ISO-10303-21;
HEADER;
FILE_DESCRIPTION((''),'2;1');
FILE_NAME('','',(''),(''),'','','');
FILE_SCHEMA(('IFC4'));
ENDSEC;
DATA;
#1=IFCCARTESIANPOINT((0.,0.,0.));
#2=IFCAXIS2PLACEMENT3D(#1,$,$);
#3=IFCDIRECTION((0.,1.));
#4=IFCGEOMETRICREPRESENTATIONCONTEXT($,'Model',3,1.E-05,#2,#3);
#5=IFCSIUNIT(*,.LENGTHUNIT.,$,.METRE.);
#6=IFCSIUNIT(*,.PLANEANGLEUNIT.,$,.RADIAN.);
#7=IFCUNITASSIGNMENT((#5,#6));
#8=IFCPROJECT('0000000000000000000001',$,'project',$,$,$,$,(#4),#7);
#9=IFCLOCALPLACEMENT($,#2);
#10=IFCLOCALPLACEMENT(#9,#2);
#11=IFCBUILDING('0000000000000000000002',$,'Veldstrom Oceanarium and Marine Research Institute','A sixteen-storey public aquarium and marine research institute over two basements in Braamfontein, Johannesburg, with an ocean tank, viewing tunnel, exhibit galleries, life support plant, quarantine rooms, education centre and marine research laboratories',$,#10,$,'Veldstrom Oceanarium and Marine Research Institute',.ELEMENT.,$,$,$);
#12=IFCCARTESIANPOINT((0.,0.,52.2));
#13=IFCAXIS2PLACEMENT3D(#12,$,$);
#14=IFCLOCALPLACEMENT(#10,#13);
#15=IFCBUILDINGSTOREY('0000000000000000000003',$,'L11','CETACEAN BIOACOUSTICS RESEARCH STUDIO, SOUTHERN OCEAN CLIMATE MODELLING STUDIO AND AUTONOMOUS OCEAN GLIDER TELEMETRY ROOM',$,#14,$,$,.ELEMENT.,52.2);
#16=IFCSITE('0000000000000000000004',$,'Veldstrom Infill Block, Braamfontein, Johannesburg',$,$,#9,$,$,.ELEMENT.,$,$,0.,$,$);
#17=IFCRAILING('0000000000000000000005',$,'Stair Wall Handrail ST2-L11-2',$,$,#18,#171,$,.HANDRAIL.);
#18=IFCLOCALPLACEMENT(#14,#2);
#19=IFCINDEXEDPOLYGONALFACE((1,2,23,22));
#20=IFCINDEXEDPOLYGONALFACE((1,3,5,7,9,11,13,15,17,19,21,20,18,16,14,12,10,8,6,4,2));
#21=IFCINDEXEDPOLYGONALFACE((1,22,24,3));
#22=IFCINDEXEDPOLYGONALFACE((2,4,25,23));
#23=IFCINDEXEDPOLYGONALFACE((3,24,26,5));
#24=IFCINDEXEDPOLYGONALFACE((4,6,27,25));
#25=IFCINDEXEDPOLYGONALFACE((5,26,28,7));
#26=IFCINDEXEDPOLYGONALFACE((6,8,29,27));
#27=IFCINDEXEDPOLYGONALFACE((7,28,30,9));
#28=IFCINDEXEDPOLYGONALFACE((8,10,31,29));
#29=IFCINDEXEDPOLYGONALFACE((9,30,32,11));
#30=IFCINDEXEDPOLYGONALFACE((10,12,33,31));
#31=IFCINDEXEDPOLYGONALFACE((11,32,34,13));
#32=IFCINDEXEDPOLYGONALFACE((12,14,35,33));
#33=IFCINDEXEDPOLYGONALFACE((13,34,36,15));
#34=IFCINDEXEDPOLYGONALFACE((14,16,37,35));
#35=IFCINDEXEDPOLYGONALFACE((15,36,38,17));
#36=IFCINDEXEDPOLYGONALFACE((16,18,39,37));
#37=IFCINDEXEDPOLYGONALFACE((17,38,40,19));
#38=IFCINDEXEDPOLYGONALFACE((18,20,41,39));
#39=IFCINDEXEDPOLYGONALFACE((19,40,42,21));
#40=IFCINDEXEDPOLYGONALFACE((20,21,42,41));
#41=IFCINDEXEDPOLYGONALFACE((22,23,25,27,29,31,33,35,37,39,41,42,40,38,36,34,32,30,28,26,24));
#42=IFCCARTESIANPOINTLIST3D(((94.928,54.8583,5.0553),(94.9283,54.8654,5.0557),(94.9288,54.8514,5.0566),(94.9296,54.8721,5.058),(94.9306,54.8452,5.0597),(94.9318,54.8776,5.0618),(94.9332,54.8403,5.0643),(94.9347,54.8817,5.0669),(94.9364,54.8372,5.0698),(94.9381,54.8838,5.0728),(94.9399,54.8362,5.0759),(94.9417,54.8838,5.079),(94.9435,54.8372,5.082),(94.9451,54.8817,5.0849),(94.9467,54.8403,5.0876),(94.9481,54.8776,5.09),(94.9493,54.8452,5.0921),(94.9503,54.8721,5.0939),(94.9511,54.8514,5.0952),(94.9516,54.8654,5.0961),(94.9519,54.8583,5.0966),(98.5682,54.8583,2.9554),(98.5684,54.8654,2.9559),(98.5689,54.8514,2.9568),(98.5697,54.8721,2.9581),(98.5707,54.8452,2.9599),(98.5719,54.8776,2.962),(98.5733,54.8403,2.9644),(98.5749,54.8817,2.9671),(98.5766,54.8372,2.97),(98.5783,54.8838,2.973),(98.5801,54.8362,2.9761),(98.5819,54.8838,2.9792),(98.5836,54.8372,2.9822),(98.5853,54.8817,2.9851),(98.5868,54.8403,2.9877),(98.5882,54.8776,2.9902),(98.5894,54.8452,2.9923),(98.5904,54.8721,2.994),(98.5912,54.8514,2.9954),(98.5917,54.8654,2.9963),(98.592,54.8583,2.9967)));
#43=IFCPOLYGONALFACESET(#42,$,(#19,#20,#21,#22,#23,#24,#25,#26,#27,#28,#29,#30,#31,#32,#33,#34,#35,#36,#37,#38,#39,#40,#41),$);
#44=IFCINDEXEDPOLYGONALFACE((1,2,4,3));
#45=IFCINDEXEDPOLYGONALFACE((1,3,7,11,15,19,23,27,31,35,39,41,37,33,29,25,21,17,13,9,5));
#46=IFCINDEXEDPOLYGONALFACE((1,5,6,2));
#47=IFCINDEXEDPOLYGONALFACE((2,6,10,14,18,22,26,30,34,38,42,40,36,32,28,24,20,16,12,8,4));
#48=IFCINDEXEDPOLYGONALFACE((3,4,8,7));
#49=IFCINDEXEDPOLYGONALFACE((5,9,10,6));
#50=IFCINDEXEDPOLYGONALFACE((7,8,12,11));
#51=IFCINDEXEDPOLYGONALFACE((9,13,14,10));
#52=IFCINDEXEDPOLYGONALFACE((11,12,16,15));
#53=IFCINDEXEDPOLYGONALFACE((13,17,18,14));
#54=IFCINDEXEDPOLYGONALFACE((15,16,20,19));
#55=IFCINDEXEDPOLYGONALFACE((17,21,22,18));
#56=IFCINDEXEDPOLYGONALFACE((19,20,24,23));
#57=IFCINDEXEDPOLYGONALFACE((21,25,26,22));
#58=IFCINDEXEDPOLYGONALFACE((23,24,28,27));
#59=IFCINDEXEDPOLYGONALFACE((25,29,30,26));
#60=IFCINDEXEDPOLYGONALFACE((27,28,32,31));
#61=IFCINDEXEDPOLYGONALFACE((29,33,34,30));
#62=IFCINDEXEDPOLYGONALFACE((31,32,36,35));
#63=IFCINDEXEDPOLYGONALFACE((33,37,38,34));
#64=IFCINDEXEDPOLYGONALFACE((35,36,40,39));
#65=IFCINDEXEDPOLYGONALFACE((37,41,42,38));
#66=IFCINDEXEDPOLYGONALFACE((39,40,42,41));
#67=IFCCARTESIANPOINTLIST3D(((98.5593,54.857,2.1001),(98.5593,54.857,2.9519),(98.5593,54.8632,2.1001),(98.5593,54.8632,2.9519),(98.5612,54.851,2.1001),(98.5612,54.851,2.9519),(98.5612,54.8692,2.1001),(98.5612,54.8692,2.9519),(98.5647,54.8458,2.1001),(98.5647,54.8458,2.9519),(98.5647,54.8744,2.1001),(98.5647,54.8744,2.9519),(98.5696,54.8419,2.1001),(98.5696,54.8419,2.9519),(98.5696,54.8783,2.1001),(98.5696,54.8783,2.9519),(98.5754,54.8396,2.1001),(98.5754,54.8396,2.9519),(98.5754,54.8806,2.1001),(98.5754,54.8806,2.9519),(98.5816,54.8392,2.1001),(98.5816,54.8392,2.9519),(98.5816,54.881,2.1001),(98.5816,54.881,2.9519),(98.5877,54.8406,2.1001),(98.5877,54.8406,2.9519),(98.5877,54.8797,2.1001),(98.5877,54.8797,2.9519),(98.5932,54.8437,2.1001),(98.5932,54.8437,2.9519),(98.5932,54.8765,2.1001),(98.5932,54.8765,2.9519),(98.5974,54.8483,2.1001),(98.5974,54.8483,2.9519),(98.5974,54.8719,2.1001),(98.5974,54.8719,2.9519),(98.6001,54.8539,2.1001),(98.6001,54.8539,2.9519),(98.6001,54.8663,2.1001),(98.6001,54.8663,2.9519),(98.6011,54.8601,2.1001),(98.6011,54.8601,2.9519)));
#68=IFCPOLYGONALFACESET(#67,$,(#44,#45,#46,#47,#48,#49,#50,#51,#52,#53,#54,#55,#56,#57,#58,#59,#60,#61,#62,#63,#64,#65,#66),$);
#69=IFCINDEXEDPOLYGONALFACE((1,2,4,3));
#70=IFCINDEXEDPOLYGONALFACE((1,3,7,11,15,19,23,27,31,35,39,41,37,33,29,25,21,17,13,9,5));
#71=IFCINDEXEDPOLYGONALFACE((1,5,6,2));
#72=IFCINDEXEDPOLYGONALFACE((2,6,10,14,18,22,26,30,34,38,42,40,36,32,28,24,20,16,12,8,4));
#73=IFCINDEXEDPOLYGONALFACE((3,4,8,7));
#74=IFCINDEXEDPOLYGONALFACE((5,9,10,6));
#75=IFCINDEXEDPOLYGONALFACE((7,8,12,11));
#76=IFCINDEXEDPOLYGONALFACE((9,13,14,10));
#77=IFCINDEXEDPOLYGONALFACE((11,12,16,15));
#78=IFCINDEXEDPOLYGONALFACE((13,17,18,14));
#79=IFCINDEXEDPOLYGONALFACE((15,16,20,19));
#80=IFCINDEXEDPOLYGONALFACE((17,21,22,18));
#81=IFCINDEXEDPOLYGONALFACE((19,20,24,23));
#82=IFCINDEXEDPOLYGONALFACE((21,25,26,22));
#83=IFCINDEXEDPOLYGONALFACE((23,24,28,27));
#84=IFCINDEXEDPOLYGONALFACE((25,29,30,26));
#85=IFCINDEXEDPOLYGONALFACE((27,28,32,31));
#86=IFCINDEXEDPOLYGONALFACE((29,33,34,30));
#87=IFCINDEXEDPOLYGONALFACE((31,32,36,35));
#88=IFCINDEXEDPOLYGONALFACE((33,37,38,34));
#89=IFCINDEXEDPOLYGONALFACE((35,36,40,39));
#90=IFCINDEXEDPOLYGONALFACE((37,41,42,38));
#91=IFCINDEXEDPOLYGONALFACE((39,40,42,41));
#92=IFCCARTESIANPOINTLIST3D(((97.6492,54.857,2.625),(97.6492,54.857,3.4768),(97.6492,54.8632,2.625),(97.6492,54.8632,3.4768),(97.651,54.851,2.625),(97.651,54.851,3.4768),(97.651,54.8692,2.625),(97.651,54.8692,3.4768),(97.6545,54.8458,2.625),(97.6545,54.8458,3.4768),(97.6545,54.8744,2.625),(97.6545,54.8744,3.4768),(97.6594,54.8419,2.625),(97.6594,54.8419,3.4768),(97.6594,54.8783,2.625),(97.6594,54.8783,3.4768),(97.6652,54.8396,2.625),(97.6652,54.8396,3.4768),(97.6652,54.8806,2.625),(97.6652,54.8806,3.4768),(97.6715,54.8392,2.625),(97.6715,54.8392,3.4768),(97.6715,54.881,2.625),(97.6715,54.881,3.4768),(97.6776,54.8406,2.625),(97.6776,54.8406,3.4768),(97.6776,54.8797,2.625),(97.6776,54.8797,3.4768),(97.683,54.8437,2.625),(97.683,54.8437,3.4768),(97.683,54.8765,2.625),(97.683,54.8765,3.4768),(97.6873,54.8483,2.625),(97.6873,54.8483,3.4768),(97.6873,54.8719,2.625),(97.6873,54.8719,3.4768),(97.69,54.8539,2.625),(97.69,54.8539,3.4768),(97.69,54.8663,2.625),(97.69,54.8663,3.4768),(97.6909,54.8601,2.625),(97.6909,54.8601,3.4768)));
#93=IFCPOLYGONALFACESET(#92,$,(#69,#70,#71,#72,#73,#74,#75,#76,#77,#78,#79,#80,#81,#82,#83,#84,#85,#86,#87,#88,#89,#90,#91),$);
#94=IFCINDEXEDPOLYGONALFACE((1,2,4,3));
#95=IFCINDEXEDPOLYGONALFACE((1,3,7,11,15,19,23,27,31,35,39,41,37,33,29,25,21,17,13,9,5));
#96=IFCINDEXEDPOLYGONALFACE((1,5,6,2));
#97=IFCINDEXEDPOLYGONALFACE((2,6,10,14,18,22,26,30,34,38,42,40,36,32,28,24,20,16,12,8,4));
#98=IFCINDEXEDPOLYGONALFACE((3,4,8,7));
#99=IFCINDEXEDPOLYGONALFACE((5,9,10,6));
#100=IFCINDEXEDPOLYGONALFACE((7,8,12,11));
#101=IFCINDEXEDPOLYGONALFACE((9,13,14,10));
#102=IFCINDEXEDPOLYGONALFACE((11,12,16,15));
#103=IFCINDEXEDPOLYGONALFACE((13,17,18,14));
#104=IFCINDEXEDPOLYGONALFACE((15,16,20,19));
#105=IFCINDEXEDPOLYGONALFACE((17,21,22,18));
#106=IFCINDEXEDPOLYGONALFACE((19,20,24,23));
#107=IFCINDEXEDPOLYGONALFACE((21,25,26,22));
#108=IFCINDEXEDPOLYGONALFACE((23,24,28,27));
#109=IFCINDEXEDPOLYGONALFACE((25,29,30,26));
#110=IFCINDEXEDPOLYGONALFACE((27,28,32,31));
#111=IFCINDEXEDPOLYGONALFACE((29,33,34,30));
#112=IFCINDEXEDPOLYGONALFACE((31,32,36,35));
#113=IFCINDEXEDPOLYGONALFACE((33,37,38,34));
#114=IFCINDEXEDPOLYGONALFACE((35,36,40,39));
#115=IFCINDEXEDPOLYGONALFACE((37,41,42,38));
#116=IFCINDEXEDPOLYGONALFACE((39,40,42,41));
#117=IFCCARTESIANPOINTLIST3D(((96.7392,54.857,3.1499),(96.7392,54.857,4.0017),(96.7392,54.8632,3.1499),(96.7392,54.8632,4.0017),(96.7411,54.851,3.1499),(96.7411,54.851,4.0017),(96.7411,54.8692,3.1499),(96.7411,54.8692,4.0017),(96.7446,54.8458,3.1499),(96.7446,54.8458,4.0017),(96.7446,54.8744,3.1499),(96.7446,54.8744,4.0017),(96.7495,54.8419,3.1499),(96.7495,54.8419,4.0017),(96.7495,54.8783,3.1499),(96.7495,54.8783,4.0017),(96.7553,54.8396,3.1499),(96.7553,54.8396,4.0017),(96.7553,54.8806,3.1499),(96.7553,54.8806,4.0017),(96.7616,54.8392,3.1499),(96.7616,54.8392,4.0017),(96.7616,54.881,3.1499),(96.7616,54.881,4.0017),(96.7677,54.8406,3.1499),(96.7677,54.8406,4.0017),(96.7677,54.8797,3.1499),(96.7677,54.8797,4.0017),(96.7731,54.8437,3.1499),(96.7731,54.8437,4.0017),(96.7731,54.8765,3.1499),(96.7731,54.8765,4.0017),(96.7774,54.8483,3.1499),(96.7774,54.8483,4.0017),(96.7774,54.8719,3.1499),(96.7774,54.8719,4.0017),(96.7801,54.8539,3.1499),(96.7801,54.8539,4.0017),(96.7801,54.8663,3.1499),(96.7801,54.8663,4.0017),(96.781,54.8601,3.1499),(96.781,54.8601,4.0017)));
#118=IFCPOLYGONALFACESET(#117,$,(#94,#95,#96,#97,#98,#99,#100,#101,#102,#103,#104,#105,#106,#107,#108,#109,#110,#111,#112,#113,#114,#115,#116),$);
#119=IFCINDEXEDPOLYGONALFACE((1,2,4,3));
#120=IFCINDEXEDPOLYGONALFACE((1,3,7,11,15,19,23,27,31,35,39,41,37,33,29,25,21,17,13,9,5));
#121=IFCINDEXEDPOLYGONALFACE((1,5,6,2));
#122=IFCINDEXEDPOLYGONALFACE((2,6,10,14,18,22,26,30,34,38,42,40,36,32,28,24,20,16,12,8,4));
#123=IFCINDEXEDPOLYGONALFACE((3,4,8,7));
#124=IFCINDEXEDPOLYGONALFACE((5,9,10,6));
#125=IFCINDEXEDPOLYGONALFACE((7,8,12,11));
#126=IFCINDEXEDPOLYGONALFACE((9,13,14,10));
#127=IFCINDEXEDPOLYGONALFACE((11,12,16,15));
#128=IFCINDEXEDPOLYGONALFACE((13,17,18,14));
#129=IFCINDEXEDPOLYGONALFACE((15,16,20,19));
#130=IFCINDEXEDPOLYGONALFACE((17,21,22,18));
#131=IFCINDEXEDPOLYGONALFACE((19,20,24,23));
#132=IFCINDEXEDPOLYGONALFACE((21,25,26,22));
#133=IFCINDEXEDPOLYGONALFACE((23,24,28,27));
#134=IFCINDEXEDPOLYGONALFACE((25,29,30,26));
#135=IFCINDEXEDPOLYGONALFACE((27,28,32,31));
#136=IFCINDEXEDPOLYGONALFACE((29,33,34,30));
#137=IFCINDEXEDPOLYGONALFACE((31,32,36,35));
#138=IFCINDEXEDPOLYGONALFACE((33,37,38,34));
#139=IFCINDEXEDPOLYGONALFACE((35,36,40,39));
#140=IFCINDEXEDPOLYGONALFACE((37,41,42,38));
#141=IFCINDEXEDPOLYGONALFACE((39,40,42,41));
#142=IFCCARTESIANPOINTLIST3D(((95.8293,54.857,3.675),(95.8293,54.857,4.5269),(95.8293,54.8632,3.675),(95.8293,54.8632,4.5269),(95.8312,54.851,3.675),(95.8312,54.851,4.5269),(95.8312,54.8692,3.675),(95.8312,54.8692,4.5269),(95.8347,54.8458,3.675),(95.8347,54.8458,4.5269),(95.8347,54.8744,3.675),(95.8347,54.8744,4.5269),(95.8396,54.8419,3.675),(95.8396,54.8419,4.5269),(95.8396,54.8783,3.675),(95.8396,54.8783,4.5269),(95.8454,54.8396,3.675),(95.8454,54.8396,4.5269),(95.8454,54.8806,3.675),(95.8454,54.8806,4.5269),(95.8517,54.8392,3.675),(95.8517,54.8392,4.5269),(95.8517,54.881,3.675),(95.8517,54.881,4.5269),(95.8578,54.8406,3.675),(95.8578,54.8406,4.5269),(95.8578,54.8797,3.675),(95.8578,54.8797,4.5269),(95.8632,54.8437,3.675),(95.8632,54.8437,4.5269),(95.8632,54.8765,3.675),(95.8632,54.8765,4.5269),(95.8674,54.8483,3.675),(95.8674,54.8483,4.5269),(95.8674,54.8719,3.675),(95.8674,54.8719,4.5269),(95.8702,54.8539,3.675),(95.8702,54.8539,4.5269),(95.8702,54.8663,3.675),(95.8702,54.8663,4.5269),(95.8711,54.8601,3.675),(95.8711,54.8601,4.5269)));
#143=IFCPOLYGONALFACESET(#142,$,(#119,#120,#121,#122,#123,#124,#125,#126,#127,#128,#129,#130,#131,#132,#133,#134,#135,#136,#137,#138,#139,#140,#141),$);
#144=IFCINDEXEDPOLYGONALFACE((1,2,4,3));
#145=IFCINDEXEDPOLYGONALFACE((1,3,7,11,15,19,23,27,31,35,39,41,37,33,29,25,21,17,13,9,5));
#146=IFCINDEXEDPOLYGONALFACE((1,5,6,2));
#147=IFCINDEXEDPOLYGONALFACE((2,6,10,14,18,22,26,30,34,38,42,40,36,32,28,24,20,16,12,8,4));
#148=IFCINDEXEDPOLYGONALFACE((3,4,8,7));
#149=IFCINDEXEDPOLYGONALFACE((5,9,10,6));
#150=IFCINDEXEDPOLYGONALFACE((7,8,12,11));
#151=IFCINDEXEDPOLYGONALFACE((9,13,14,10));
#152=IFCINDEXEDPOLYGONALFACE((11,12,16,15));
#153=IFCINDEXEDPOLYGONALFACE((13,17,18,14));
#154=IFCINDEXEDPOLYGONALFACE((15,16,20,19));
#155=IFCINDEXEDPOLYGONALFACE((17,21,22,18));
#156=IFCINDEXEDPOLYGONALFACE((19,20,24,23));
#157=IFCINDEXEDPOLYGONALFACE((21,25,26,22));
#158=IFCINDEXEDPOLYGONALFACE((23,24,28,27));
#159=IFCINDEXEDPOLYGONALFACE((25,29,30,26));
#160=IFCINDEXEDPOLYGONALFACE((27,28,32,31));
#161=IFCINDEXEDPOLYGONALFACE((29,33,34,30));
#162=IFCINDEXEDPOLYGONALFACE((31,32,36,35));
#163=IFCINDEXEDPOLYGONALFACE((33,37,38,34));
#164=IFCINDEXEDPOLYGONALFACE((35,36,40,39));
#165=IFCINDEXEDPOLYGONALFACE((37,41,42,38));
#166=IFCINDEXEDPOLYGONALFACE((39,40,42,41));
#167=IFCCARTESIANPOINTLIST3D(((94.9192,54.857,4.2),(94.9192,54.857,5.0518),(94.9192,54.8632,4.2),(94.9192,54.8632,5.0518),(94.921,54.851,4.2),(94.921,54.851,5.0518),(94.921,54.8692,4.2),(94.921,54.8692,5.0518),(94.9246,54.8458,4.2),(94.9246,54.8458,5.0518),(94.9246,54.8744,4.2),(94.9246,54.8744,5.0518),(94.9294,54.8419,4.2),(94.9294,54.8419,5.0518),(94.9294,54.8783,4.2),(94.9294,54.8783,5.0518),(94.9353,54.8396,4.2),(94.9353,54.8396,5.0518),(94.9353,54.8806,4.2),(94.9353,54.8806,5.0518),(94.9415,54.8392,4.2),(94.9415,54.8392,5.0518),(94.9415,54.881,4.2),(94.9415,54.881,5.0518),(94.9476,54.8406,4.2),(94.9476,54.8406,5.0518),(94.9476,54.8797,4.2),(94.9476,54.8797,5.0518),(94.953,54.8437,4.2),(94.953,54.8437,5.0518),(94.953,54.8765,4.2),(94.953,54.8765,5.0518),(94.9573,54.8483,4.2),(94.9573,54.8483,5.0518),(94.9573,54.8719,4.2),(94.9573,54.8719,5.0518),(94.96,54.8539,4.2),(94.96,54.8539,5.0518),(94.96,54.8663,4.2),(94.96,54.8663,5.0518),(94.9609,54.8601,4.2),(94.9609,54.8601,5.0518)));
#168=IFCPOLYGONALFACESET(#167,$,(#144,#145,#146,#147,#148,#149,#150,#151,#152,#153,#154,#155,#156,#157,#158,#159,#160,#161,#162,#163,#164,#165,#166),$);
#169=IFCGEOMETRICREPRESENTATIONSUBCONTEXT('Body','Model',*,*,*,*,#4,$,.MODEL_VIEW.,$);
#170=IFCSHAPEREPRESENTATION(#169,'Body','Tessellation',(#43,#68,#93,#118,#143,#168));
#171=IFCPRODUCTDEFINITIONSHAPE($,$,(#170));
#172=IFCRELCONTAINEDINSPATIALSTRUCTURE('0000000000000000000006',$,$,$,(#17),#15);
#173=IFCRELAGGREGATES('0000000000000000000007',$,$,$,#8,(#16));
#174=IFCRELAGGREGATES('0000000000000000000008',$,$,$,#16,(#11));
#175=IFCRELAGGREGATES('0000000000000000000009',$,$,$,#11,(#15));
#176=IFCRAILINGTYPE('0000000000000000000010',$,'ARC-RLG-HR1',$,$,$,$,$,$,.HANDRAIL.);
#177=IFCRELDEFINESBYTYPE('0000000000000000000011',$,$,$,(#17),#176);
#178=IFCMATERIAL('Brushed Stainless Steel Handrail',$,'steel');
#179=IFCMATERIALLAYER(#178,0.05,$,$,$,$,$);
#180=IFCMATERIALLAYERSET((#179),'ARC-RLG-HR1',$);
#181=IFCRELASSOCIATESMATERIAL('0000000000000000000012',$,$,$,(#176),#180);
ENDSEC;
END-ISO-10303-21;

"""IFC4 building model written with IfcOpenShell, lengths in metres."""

from ifc_helpers import new_model, si_unit, direction, frame, origin, origin_2d, place, context, subcontext, project, spatial, circle, extrude, material, layer, layer_set, type_object, element, save


model = new_model("IFC4")

# Units and contexts
model_context = context("Model", 3, precision=1e-05, world=origin(), true_north=direction((0.0, 1.0)))
body_context = subcontext(model_context, "Body", "Model", "MODEL_VIEW")
ifc_project = project(units=[si_unit("LENGTHUNIT", "METRE"), si_unit("PLANEANGLEUNIT", "RADIAN")], contexts=[model_context])

# Site, building, storey
site_placement = place(None, origin())
site = spatial("IfcSite", under=ifc_project, at=site_placement, Name="Veldstrom Infill Block, Braamfontein, Johannesburg", CompositionType="ELEMENT", RefElevation=0.0)
building_placement = place(site_placement, origin())
building = spatial("IfcBuilding", under=site, at=building_placement, Name="Veldstrom Oceanarium and Marine Research Institute", Description="A sixteen-storey public aquarium and marine research institute over two basements in Braamfontein, Johannesburg, with an ocean tank, viewing tunnel, exhibit galleries, life support plant, quarantine rooms, education centre and marine research laboratories", LongName="Veldstrom Oceanarium and Marine Research Institute", CompositionType="ELEMENT")
storey_placement = place(building_placement, frame((0.0, 0.0, 52.2)))
storey = spatial("IfcBuildingStorey", under=building, at=storey_placement, Name="L11", Description="CETACEAN BIOACOUSTICS RESEARCH STUDIO, SOUTHERN OCEAN CLIMATE MODELLING STUDIO AND AUTONOMOUS OCEAN GLIDER TELEMETRY ROOM", CompositionType="ELEMENT", Elevation=52.2)

# Railing
ifc_material_1 = material(Name="Brushed Stainless Steel Handrail", Category="steel")
ifc_layer_1 = layer(ifc_material_1, 0.05)
ifc_layer_set_1 = layer_set([ifc_layer_1], Name="ARC-RLG-HR1")
railing_type_1 = type_object("IfcRailingType", Name="ARC-RLG-HR1", PredefinedType="HANDRAIL", material=ifc_layer_set_1)
railing_1_placement = place(storey_placement, frame((98.5801, 54.8601, 2.1001)))
element("IfcRailing", 1, at=railing_1_placement, inside=storey, type_object=railing_type_1, Name="Stair Wall Handrail ST2-L11-2", PredefinedType="HANDRAIL", context=body_context, shape_type="SweptSolid", body=[
    extrude(circle(Radius=0.0239, at=origin_2d()), frame((0.0, 0.0, 0.876), z_axis=(-0.866209, 0.0, 0.499682), x_axis=(0.0, -1.0, 0.0)), (0.0, 0.0, 1.0), 4.2024),
    extrude(circle(Radius=0.021, at=origin_2d()), origin(), (0.0, 0.0, 1.0), 0.8518),
    extrude(circle(Radius=0.021, at=origin_2d()), frame((-0.9102, 0.0, 0.5249)), (0.0, 0.0, 1.0), 0.8518),
    extrude(circle(Radius=0.021, at=origin_2d()), frame((-1.8201, 0.0, 1.0498)), (0.0, 0.0, 1.0), 0.8518),
    extrude(circle(Radius=0.021, at=origin_2d()), frame((-2.73, 0.0, 1.575)), (0.0, 0.0, 1.0), 0.8518),
    extrude(circle(Radius=0.021, at=origin_2d()), frame((-3.6401, 0.0, 2.0999)), (0.0, 0.0, 1.0), 0.8518),
])

save(model, "model.ifc")
